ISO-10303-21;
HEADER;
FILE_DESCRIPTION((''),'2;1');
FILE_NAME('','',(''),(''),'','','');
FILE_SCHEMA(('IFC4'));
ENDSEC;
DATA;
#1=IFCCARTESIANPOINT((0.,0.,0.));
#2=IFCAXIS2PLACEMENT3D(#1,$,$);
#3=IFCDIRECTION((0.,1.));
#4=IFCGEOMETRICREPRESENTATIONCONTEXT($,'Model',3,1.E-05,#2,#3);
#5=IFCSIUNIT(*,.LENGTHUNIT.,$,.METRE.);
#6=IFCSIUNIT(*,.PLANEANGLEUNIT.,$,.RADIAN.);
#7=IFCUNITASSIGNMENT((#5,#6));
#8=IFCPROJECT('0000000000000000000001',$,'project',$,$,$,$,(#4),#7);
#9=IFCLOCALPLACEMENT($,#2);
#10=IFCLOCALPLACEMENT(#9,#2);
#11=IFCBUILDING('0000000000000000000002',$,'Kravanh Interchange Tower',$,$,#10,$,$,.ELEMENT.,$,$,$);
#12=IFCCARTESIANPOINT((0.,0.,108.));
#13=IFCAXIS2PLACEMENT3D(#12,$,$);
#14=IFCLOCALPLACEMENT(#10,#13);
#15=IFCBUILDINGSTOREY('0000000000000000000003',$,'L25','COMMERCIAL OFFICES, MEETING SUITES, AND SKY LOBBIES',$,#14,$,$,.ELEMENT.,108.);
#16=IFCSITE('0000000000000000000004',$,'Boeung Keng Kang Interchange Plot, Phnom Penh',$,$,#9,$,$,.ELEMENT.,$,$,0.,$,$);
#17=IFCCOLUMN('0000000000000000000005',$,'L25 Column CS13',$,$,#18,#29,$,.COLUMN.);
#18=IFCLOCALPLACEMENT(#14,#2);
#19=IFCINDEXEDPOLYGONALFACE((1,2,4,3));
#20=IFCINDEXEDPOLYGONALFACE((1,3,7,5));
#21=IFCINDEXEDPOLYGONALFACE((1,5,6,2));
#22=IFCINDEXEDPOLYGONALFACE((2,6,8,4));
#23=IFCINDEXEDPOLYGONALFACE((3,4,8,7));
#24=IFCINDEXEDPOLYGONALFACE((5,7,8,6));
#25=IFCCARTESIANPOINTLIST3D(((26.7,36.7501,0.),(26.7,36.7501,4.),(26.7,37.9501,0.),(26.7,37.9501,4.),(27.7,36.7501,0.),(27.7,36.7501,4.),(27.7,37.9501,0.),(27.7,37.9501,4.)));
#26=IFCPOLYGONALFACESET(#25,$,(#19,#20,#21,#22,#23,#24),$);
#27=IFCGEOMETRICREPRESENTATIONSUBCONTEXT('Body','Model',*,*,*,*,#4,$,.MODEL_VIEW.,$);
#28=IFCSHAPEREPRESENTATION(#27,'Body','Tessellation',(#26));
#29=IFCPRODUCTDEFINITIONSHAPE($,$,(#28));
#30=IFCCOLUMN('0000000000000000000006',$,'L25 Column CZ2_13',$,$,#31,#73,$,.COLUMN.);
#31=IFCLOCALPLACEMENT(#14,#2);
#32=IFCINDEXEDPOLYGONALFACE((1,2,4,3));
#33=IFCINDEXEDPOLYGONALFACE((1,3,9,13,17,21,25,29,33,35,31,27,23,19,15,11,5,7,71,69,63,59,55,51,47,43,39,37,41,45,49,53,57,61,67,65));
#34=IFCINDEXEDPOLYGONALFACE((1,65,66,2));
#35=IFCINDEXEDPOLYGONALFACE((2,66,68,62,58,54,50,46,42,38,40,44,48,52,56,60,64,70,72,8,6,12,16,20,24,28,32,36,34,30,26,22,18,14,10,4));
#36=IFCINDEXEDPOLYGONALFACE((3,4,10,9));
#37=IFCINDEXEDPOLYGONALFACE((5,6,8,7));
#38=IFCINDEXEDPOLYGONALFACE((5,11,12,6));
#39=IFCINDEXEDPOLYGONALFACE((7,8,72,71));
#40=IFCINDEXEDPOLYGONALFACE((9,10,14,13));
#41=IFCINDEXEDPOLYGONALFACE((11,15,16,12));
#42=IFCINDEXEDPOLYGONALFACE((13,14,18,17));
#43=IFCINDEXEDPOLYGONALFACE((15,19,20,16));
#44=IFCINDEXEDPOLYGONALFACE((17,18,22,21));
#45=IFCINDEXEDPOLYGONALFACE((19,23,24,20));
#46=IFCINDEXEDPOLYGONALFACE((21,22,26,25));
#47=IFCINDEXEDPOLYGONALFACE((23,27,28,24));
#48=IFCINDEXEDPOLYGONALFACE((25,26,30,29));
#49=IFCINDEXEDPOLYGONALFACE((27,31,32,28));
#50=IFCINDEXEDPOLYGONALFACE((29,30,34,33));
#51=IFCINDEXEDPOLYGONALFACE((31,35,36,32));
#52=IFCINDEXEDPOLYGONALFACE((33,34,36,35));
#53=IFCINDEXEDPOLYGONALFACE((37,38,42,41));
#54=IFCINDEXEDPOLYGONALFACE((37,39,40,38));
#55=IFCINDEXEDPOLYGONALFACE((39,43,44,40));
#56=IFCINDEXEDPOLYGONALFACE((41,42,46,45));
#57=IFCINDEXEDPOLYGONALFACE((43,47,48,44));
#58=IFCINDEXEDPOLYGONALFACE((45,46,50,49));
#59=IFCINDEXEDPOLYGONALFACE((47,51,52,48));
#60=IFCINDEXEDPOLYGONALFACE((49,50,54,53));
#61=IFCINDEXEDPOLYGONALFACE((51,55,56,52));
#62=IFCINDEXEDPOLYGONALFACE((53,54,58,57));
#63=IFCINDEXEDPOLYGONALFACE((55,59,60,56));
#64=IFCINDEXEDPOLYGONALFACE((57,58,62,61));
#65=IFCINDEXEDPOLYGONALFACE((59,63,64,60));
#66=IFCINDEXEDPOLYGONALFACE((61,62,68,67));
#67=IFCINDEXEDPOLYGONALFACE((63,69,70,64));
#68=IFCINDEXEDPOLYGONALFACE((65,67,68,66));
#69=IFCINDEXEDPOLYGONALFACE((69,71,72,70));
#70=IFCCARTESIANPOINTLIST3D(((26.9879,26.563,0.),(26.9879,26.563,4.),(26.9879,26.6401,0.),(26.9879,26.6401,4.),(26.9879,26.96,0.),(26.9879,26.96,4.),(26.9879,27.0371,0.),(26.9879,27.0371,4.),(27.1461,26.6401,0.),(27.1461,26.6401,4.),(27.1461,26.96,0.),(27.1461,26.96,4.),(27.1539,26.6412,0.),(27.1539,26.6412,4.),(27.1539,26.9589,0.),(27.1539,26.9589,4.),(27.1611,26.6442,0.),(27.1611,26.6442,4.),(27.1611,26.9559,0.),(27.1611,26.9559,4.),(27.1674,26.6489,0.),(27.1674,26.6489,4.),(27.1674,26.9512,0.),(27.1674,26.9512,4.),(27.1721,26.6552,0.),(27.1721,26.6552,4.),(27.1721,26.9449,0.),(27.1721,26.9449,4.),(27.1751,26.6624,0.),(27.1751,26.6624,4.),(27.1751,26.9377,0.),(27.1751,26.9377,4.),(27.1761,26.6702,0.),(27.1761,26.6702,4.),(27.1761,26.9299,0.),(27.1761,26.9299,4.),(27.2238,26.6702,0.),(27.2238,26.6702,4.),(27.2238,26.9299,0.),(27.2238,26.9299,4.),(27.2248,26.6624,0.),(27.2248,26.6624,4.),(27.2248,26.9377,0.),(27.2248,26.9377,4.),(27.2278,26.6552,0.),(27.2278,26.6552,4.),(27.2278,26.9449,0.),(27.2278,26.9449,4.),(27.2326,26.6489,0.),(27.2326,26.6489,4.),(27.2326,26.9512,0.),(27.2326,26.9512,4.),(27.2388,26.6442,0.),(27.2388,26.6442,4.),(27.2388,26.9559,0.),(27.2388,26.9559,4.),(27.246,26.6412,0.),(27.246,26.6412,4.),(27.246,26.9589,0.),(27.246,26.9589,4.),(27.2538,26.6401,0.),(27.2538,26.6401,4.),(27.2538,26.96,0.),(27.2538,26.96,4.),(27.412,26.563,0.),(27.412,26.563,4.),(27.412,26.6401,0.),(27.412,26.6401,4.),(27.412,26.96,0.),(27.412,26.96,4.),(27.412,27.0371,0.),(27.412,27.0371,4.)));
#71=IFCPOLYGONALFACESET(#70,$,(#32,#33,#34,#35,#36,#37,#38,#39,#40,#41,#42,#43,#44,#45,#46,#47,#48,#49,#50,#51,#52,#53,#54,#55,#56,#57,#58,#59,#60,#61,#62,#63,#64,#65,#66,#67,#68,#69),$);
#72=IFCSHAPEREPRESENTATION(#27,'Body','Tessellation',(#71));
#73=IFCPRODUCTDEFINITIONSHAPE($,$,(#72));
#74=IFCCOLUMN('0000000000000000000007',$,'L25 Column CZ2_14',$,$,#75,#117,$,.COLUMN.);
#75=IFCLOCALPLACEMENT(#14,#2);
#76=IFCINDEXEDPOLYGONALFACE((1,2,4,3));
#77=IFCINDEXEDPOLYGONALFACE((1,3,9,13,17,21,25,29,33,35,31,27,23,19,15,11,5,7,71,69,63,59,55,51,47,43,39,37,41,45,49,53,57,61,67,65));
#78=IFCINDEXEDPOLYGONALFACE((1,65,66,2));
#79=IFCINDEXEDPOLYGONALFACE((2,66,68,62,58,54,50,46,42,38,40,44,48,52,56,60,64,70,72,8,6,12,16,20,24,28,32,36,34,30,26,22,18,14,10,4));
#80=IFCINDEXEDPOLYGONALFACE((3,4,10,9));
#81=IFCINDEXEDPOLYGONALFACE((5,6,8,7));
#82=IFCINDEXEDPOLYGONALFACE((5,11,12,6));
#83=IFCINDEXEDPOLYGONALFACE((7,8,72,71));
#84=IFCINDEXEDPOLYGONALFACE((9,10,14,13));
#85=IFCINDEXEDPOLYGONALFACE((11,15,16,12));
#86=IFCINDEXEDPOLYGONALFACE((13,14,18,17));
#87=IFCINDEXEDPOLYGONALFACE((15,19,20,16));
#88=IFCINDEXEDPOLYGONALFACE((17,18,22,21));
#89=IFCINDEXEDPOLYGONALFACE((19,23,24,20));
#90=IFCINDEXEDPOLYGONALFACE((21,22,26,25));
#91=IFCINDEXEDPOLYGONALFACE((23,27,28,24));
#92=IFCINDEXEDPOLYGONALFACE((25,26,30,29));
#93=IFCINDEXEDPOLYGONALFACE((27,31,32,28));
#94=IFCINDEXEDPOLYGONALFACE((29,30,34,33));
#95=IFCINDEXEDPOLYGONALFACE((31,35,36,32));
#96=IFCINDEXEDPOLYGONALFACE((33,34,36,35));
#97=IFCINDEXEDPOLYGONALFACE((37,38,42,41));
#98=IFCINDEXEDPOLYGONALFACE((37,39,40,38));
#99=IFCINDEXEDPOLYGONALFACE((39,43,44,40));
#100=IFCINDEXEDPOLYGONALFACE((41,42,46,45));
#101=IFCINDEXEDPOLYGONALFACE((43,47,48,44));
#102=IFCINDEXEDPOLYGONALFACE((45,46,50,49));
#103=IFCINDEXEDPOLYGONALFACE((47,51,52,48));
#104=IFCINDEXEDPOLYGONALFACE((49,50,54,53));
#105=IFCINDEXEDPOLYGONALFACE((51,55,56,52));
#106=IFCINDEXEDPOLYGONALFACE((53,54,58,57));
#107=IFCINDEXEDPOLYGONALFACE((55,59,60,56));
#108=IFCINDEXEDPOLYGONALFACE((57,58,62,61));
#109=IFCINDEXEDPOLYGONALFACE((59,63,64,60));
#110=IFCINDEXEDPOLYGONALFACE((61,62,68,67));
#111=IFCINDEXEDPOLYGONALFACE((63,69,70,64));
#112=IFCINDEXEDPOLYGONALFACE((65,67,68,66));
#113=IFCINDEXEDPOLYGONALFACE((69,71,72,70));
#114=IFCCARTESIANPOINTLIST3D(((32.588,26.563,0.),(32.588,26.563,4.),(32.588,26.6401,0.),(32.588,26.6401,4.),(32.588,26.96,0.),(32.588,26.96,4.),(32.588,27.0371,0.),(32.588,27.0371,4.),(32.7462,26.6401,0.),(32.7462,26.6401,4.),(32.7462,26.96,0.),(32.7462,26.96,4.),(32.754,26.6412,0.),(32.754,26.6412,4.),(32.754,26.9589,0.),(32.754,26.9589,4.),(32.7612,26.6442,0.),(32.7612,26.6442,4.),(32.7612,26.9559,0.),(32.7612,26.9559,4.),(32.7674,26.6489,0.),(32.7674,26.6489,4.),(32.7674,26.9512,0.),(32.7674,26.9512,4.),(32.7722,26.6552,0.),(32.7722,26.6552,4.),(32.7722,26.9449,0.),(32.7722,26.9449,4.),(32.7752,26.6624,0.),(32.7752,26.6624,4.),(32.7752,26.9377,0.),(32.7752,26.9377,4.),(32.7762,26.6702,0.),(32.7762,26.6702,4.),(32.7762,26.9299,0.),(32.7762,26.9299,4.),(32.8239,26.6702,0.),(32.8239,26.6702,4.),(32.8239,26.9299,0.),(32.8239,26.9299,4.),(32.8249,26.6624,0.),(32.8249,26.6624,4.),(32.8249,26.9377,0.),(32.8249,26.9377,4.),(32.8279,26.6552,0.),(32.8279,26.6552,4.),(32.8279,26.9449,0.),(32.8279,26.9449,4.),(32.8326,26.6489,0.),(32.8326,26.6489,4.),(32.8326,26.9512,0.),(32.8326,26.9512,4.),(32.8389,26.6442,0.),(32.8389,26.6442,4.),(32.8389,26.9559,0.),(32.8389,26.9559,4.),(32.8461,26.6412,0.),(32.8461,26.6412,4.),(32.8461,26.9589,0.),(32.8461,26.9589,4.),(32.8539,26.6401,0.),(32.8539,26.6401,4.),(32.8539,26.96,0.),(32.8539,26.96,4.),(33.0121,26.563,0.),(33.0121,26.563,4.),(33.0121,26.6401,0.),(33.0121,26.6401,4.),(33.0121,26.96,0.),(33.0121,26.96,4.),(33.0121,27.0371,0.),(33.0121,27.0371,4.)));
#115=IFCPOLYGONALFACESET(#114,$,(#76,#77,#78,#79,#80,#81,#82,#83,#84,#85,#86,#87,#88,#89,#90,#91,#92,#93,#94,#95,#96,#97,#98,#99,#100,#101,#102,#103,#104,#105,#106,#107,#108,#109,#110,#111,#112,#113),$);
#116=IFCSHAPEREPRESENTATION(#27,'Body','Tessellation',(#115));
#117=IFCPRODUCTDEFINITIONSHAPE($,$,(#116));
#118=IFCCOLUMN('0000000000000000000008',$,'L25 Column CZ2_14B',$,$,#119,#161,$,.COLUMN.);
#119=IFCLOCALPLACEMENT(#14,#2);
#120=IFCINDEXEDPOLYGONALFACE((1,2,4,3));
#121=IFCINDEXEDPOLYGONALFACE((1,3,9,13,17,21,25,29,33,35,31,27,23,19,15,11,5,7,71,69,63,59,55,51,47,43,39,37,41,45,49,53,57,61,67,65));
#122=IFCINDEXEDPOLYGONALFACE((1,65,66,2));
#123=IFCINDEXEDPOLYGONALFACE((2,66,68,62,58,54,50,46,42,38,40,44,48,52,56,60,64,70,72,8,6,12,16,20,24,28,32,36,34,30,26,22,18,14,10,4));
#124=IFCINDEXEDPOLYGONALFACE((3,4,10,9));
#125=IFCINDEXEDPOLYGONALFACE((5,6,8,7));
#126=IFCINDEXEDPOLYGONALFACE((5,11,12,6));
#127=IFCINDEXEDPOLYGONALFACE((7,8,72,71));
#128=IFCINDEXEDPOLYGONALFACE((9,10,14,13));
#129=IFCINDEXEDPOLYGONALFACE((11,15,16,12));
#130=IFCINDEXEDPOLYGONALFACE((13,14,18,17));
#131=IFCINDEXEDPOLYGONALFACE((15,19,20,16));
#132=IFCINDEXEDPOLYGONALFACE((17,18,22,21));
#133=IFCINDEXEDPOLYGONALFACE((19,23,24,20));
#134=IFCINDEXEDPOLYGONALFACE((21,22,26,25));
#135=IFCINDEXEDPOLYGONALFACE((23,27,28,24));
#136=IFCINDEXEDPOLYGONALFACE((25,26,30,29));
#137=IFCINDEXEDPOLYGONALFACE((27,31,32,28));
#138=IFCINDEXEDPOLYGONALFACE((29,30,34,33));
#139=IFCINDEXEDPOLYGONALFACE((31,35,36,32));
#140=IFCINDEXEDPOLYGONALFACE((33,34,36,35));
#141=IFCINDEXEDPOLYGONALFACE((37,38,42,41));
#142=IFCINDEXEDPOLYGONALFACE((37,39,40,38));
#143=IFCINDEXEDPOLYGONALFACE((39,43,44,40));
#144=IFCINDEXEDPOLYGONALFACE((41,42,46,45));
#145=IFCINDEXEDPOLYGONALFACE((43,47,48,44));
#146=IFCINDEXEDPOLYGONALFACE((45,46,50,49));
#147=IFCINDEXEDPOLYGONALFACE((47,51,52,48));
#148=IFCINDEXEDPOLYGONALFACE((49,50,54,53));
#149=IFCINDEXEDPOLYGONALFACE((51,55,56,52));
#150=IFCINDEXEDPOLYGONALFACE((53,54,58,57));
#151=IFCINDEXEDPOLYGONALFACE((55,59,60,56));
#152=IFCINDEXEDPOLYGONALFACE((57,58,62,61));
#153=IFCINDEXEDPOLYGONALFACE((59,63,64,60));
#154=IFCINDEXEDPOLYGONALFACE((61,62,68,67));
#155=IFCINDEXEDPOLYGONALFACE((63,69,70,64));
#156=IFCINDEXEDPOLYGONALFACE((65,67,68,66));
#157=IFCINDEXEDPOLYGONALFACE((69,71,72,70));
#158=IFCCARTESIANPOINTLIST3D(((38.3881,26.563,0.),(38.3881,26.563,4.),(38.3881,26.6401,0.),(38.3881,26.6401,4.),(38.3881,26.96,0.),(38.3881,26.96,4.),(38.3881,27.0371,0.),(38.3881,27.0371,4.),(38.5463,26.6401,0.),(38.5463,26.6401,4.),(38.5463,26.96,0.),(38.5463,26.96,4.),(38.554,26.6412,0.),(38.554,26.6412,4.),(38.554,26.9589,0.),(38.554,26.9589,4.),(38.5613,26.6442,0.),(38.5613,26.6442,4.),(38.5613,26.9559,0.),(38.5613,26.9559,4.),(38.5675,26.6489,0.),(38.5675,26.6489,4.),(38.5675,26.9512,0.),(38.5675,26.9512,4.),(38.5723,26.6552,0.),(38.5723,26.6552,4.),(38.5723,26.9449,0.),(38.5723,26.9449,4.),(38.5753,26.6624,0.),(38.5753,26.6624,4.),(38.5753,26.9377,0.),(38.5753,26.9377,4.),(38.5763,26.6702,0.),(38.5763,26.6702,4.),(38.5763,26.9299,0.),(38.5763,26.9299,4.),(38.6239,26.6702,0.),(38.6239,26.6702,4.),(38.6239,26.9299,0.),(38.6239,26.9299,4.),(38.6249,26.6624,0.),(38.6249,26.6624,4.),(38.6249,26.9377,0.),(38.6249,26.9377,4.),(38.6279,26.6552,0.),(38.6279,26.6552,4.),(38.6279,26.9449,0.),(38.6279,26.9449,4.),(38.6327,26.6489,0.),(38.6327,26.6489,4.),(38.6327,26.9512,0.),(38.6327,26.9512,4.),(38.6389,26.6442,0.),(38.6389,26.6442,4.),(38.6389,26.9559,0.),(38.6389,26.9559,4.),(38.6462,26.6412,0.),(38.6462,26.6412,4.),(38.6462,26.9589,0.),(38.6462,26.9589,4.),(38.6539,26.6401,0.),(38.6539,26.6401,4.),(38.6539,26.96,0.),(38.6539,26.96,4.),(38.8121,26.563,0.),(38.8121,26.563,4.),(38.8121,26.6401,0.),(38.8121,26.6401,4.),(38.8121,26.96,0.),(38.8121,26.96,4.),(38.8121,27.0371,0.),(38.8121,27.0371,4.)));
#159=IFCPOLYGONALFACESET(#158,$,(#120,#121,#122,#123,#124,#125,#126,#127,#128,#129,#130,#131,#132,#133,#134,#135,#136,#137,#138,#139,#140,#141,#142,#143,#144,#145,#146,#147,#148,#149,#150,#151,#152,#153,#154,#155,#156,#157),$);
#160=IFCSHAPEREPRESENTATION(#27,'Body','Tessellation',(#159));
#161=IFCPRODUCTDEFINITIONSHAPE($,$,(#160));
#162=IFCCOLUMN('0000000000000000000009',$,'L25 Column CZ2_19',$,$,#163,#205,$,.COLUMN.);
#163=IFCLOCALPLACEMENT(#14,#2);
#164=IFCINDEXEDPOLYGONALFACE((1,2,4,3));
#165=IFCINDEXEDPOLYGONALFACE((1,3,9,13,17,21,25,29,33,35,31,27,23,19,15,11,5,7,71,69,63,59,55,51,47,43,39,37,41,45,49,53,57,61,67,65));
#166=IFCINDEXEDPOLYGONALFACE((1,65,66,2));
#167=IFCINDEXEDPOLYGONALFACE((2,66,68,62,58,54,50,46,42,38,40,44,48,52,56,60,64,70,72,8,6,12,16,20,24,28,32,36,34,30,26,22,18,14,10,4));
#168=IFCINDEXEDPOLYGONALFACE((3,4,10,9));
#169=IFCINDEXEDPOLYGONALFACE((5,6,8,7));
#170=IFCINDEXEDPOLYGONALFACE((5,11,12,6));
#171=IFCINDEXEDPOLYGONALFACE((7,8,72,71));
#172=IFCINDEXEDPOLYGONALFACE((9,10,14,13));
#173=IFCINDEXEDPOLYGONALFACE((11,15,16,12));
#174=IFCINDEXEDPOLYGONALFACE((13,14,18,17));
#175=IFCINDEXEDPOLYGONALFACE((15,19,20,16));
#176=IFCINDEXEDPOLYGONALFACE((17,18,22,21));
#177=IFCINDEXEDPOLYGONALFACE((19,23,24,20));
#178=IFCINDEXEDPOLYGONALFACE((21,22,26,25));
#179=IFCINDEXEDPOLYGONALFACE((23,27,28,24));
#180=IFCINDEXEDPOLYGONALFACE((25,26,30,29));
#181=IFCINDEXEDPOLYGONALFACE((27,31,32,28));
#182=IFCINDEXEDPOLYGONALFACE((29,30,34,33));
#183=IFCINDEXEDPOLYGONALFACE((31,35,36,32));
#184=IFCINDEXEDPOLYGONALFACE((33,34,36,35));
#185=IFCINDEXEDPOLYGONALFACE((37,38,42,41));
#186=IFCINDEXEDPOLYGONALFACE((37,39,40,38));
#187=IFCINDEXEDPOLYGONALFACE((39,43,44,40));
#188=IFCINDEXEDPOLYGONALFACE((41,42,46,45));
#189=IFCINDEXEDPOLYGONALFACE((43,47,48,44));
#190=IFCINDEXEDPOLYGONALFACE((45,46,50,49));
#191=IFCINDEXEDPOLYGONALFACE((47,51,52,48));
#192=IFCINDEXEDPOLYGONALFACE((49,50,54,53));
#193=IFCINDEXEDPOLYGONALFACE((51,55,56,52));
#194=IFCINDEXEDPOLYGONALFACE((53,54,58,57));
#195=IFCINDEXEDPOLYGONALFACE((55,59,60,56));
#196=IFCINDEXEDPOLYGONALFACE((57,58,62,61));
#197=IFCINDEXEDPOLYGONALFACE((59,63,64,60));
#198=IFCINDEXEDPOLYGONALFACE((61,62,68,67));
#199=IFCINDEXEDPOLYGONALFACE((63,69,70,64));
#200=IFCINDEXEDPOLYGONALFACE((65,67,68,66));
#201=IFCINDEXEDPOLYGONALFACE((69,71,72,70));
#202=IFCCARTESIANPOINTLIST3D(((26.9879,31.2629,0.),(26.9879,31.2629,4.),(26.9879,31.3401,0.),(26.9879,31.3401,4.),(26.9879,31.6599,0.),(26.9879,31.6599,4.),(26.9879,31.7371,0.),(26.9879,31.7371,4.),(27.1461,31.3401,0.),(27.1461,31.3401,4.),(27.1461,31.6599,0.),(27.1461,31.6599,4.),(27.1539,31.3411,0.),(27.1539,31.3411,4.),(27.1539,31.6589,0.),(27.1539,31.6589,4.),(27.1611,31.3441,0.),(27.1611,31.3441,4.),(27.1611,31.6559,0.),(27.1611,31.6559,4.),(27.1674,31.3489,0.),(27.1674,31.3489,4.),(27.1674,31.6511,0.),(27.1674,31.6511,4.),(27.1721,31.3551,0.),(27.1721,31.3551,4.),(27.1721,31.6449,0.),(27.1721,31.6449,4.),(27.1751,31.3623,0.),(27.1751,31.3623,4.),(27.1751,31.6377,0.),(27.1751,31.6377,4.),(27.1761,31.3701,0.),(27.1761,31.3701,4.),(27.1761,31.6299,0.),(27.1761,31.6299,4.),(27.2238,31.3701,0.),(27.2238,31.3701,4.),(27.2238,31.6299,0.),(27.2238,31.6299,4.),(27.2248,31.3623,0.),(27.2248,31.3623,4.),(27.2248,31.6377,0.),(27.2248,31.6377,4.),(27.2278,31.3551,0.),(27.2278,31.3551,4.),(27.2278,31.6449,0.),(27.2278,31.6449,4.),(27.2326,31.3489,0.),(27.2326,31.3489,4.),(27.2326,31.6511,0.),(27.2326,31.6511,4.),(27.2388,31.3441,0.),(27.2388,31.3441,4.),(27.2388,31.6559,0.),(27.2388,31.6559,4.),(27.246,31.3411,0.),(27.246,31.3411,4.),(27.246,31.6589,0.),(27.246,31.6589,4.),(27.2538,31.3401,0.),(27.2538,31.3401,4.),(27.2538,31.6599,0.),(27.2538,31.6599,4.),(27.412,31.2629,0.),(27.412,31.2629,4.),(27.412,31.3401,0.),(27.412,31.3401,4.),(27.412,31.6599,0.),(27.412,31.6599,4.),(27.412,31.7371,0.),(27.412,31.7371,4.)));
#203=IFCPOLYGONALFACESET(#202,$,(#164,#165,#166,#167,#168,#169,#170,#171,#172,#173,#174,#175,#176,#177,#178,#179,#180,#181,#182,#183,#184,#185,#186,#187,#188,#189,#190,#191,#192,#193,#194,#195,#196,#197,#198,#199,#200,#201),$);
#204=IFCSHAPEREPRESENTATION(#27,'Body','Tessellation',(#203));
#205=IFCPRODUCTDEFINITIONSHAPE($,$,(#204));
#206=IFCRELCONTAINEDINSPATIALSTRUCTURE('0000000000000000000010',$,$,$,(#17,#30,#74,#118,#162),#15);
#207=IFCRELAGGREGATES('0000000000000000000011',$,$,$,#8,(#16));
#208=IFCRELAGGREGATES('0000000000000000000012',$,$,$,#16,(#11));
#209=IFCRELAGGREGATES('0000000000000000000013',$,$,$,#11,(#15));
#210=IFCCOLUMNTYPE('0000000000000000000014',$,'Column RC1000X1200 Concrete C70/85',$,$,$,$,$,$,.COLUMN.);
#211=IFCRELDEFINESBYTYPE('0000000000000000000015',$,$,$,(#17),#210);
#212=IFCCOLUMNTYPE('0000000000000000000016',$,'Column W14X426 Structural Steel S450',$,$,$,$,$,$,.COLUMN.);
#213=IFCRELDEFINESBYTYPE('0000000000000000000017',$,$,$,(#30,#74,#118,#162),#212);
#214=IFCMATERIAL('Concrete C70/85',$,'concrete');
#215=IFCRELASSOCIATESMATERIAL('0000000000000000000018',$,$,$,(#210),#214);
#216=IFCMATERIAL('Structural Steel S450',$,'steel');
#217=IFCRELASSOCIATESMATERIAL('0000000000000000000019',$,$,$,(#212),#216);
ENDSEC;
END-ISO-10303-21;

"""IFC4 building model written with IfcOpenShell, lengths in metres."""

from ifc_helpers import new_model, si_unit, direction, frame, origin, origin_2d, place, context, subcontext, project, spatial, rectangle, i_section, extrude, material, material_profile, profile_set, type_object, element, save


model = new_model("IFC4")

# Units and contexts
model_context = context("Model", 3, precision=1e-05, world=origin(), true_north=direction((0.0, 1.0)))
body_context = subcontext(model_context, "Body", "Model", "MODEL_VIEW")
ifc_project = project(units=[si_unit("LENGTHUNIT", "METRE"), si_unit("PLANEANGLEUNIT", "RADIAN")], contexts=[model_context])

# Site, building, storey
site_placement = place(None, origin())
site = spatial("IfcSite", under=ifc_project, at=site_placement, Name="Boeung Keng Kang Interchange Plot, Phnom Penh", CompositionType="ELEMENT", RefElevation=0.0)
building_placement = place(site_placement, origin())
building = spatial("IfcBuilding", under=site, at=building_placement, Name="Kravanh Interchange Tower", CompositionType="ELEMENT")
storey_placement = place(building_placement, frame((0.0, 0.0, 108.0)))
storey = spatial("IfcBuildingStorey", under=building, at=storey_placement, Name="L25", Description="COMMERCIAL OFFICES, MEETING SUITES, AND SKY LOBBIES", CompositionType="ELEMENT", Elevation=108.0)

# Columns
ifc_material_1 = material(Name="Concrete C70/85", Category="concrete")
ifc_material_profile_1 = material_profile(ifc_material_1, rectangle(XDim=1.0, YDim=1.2, at=origin_2d()), Name="RC1000X1200")
ifc_profile_set_1 = profile_set([ifc_material_profile_1], Name="Concrete C70/85")
column_type_1 = type_object("IfcColumnType", Name="Column RC1000X1200 Concrete C70/85", PredefinedType="COLUMN", material=ifc_profile_set_1)
column_placement = place(storey_placement, frame((27.2, 37.3501, 0.0), z_axis=(0.0, 0.0, 1.0), x_axis=(1.0, 0.0, 0.0)))
element("IfcColumn", 1, at=column_placement, inside=storey, type_object=column_type_1, Name="L25 Column CS13", PredefinedType="COLUMN", context=body_context, shape_type="SweptSolid", body=[
    extrude(rectangle(XDim=1.0, YDim=1.2, at=origin_2d()), origin(), (0.0, 0.0, 1.0), 4.0),
])
ifc_material_2 = material(Name="Structural Steel S450", Category="steel")
ifc_material_profile_2 = material_profile(ifc_material_2, i_section(OverallWidth=0.4241, OverallDepth=0.4741, WebThickness=0.0476, FlangeThickness=0.0771, FilletRadius=0.03, at=origin_2d()), Name="W14X426")
ifc_profile_set_2 = profile_set([ifc_material_profile_2], Name="Structural Steel S450")
column_type_2 = type_object("IfcColumnType", Name="Column W14X426 Structural Steel S450", PredefinedType="COLUMN", material=ifc_profile_set_2)
for number, where, z_axis, x_axis, name in (
    (2, (27.2, 26.8, 0.0), (0.0, 0.0, 1.0), (1.0, 0.0, 0.0), "L25 Column CZ2_13"),
    (3, (32.8, 26.8, 0.0), (0.0, 0.0, 1.0), (1.0, 0.0, 0.0), "L25 Column CZ2_14"),
    (4, (38.6001, 26.8, 0.0), (0.0, 0.0, 1.0), (1.0, 0.0, 0.0), "L25 Column CZ2_14B"),
    (5, (27.2, 31.5, 0.0), (0.0, 0.0, 1.0), (1.0, 0.0, 0.0), "L25 Column CZ2_19"),
):
    element("IfcColumn", number, at=place(storey_placement, frame(where, z_axis=z_axis, x_axis=x_axis)), inside=storey, type_object=column_type_2, Name=name, PredefinedType="COLUMN", context=body_context, shape_type="SweptSolid", body=[
        extrude(i_section(OverallWidth=0.4241, OverallDepth=0.4741, WebThickness=0.0476, FlangeThickness=0.0771, FilletRadius=0.03, at=origin_2d()), origin(), (0.0, 0.0, 1.0), 4.0),
    ])

save(model, "model.ifc")
